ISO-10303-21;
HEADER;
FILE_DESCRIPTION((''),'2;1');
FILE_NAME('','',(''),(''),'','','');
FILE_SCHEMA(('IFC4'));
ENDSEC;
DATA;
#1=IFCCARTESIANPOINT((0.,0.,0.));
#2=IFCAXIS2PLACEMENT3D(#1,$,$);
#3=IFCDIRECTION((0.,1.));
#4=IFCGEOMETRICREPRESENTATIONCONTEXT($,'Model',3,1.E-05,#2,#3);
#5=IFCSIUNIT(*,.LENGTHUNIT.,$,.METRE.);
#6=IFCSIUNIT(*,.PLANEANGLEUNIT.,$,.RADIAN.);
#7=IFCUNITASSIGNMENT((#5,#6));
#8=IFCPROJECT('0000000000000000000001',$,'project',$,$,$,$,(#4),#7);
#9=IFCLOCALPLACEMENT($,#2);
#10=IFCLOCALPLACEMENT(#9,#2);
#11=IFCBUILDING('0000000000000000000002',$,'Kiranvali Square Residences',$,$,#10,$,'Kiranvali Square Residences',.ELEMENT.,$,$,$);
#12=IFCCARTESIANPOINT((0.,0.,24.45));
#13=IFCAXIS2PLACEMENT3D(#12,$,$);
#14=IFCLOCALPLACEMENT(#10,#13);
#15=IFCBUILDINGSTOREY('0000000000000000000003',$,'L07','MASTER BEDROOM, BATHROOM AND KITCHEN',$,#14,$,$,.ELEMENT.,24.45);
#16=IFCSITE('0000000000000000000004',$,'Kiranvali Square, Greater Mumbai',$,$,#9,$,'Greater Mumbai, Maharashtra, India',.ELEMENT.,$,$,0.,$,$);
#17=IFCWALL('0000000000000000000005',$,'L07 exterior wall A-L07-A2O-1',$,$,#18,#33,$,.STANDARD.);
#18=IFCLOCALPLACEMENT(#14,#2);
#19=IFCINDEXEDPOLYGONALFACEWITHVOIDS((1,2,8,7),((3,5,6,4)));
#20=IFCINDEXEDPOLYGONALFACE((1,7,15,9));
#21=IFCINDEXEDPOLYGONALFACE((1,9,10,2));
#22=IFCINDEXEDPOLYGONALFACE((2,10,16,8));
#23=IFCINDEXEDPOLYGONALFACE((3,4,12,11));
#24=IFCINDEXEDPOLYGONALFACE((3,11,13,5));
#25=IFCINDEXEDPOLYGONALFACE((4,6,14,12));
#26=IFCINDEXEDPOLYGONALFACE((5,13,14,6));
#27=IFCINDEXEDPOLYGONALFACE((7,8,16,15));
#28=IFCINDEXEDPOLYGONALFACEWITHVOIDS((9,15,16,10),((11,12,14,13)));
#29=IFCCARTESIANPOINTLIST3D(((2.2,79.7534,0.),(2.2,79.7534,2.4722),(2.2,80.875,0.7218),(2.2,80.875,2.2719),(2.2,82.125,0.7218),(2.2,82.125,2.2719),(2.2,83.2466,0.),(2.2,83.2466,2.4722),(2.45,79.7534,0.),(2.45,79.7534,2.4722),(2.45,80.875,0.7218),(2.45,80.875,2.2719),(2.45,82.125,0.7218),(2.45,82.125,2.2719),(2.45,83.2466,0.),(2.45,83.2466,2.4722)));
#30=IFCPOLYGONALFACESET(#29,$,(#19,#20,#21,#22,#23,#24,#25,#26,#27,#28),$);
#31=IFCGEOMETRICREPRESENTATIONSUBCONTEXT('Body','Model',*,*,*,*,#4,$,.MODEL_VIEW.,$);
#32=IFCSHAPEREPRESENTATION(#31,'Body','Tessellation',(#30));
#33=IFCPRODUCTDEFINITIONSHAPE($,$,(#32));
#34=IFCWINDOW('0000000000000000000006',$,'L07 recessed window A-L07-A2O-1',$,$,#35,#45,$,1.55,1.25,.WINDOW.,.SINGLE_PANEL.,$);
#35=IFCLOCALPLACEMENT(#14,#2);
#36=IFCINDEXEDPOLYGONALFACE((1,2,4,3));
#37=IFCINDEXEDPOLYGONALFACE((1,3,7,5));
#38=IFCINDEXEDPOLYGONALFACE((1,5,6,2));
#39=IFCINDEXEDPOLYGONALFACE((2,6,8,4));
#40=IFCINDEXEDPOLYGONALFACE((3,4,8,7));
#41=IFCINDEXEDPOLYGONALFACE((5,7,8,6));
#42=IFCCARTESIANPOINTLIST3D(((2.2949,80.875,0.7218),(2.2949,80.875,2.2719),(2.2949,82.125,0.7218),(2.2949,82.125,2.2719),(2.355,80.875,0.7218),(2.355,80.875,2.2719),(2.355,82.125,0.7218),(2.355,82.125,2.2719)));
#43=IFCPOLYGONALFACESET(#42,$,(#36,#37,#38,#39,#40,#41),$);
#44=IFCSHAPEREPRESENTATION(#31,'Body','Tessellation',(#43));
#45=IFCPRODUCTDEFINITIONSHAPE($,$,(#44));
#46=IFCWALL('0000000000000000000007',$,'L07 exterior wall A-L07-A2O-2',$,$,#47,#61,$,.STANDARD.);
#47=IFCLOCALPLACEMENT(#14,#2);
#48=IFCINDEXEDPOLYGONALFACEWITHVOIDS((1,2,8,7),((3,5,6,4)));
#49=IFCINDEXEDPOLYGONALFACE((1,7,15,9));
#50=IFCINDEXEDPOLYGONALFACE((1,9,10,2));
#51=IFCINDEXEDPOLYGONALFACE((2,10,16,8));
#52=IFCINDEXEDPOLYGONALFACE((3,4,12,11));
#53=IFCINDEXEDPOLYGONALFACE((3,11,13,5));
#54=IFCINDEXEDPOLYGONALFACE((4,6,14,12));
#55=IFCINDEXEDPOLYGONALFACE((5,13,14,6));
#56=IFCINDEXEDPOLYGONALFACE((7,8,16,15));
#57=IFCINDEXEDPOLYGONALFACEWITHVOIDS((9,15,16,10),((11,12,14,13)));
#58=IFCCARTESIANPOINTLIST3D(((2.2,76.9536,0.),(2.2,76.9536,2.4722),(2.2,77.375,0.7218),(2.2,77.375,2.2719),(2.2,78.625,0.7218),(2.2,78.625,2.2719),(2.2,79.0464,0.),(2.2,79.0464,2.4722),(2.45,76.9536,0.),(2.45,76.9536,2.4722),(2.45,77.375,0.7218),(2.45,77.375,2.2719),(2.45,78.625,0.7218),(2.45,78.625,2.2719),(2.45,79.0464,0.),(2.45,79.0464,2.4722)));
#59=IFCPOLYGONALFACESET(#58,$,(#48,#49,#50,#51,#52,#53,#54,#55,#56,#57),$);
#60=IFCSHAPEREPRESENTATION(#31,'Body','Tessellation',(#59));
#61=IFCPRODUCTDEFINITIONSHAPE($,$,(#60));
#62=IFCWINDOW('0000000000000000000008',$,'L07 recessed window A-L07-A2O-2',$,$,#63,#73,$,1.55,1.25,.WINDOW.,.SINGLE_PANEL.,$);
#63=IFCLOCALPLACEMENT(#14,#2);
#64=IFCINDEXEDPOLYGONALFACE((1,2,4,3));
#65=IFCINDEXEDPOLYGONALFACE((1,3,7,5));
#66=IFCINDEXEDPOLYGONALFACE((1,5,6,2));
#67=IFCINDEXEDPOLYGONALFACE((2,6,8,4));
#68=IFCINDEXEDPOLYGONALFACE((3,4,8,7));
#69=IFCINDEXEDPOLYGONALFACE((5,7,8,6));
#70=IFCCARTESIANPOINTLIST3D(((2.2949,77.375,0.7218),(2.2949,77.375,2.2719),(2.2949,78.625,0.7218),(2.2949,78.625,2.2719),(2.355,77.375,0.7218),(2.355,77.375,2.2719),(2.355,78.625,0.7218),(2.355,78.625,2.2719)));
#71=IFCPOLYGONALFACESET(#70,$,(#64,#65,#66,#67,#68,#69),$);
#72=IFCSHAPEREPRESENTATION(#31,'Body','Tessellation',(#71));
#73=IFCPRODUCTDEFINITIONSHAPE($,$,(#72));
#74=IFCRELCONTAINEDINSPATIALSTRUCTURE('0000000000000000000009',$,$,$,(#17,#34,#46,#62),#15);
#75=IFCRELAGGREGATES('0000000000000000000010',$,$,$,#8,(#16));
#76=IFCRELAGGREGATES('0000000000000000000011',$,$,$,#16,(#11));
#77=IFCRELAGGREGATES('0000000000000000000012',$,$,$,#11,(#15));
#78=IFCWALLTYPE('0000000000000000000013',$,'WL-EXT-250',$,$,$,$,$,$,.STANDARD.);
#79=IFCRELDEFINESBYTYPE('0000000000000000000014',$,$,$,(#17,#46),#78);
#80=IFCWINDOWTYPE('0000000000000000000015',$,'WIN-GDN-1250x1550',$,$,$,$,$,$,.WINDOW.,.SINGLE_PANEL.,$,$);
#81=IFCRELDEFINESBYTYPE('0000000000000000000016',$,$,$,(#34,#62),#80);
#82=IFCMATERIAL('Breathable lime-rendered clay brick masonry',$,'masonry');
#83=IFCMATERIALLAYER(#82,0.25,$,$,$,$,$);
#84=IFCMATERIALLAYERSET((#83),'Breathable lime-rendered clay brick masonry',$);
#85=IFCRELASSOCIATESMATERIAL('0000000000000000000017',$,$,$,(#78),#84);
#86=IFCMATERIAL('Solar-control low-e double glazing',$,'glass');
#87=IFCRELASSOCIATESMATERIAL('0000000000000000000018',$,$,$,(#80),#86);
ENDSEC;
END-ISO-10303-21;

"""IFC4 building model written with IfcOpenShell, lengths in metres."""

from ifc_helpers import new_model, si_unit, direction, frame, frame_2d, origin, place, context, subcontext, project, spatial, rectangle, extrude, material, layer, layer_set, type_object, element, fill, save


model = new_model("IFC4")

# Units and contexts
model_context = context("Model", 3, precision=1e-05, world=origin(), true_north=direction((0.0, 1.0)))
body_context = subcontext(model_context, "Body", "Model", "MODEL_VIEW")
ifc_project = project(units=[si_unit("LENGTHUNIT", "METRE"), si_unit("PLANEANGLEUNIT", "RADIAN")], contexts=[model_context])

# Site, building, storey
site_placement = place(None, origin())
site = spatial("IfcSite", under=ifc_project, at=site_placement, Name="Kiranvali Square, Greater Mumbai", LongName="Greater Mumbai, Maharashtra, India", CompositionType="ELEMENT", RefElevation=0.0)
building_placement = place(site_placement, origin())
building = spatial("IfcBuilding", under=site, at=building_placement, Name="Kiranvali Square Residences", LongName="Kiranvali Square Residences", CompositionType="ELEMENT")
storey_placement = place(building_placement, frame((0.0, 0.0, 24.45)))
storey = spatial("IfcBuildingStorey", under=building, at=storey_placement, Name="L07", Description="MASTER BEDROOM, BATHROOM AND KITCHEN", CompositionType="ELEMENT", Elevation=24.45)

# Walls, openings, windows
ifc_material_1 = material(Name="Breathable lime-rendered clay brick masonry", Category="masonry")
ifc_layer = layer(ifc_material_1, 0.25)
ifc_layer_set = layer_set([ifc_layer], Name="Breathable lime-rendered clay brick masonry")
wall_type = type_object("IfcWallType", Name="WL-EXT-250", PredefinedType="STANDARD", material=ifc_layer_set)
wall_1_placement = place(storey_placement, frame((2.325, 83.2466, 0.0), z_axis=(0.0, 0.0, 1.0), x_axis=(0.0, -1.0, 0.0)))
wall_1 = element("IfcWall", 1, at=wall_1_placement, inside=storey, type_object=wall_type, Name="L07 exterior wall A-L07-A2O-1", PredefinedType="STANDARD", context=body_context, shape_type="SweptSolid", body=[
    extrude(rectangle(XDim=3.4932, YDim=0.25, at=frame_2d((1.7466, 0.0))), origin(), (0.0, 0.0, 1.0), 2.4722),
])
opening_1_placement = place(wall_1_placement, frame((1.1216, 0.0, 0.7219)))
opening_1 = element("IfcOpeningElement", 2, at=opening_1_placement, cuts=wall_1, PredefinedType="OPENING", context=body_context, shape_type="SweptSolid", body=[
    extrude(rectangle(XDim=1.25, YDim=1.55, at=frame_2d((0.625, 0.7749))), frame((0.0, 0.135, 0.0), z_axis=(0.0, -1.0, 0.0), x_axis=(1.0, 0.0, 0.0)), (0.0, 0.0, 1.0), 0.27),
])
ifc_material_2 = material(Name="Solar-control low-e double glazing", Category="glass")
window_type = type_object("IfcWindowType", Name="WIN-GDN-1250x1550", PartitioningType="SINGLE_PANEL", PredefinedType="WINDOW", material=ifc_material_2)
window_1_placement = place(opening_1_placement, origin())
window_1 = element("IfcWindow", 3, at=window_1_placement, inside=storey, type_object=window_type, Name="L07 recessed window A-L07-A2O-1", OverallHeight=1.55, OverallWidth=1.25, PartitioningType="SINGLE_PANEL", PredefinedType="WINDOW", context=body_context, shape_type="SweptSolid", body=[
    extrude(rectangle(XDim=1.25, YDim=1.55, at=frame_2d((0.625, 0.7749))), frame((0.0, 0.03, 0.0), z_axis=(0.0, -1.0, 0.0), x_axis=(1.0, 0.0, 0.0)), (0.0, 0.0, 1.0), 0.0601),
])
fill(opening_1, window_1)
wall_2_placement = place(storey_placement, frame((2.325, 79.0464, 0.0), z_axis=(0.0, 0.0, 1.0), x_axis=(0.0, -1.0, 0.0)))
wall_2 = element("IfcWall", 4, at=wall_2_placement, inside=storey, type_object=wall_type, Name="L07 exterior wall A-L07-A2O-2", PredefinedType="STANDARD", context=body_context, shape_type="SweptSolid", body=[
    extrude(rectangle(XDim=2.0928, YDim=0.25, at=frame_2d((1.0464, 0.0))), origin(), (0.0, 0.0, 1.0), 2.4722),
])
opening_2_placement = place(wall_2_placement, frame((0.4214, 0.0, 0.7219)))
opening_2 = element("IfcOpeningElement", 5, at=opening_2_placement, cuts=wall_2, PredefinedType="OPENING", context=body_context, shape_type="SweptSolid", body=[
    extrude(rectangle(XDim=1.25, YDim=1.55, at=frame_2d((0.625, 0.7749))), frame((0.0, 0.135, 0.0), z_axis=(0.0, -1.0, 0.0), x_axis=(1.0, 0.0, 0.0)), (0.0, 0.0, 1.0), 0.27),
])
window_2_placement = place(opening_2_placement, origin())
window_2 = element("IfcWindow", 6, at=window_2_placement, inside=storey, type_object=window_type, Name="L07 recessed window A-L07-A2O-2", OverallHeight=1.55, OverallWidth=1.25, PartitioningType="SINGLE_PANEL", PredefinedType="WINDOW", context=body_context, shape_type="SweptSolid", body=[
    extrude(rectangle(XDim=1.25, YDim=1.55, at=frame_2d((0.625, 0.7749))), frame((0.0, 0.03, 0.0), z_axis=(0.0, -1.0, 0.0), x_axis=(1.0, 0.0, 0.0)), (0.0, 0.0, 1.0), 0.0601),
])
fill(opening_2, window_2)

save(model, "model.ifc")
